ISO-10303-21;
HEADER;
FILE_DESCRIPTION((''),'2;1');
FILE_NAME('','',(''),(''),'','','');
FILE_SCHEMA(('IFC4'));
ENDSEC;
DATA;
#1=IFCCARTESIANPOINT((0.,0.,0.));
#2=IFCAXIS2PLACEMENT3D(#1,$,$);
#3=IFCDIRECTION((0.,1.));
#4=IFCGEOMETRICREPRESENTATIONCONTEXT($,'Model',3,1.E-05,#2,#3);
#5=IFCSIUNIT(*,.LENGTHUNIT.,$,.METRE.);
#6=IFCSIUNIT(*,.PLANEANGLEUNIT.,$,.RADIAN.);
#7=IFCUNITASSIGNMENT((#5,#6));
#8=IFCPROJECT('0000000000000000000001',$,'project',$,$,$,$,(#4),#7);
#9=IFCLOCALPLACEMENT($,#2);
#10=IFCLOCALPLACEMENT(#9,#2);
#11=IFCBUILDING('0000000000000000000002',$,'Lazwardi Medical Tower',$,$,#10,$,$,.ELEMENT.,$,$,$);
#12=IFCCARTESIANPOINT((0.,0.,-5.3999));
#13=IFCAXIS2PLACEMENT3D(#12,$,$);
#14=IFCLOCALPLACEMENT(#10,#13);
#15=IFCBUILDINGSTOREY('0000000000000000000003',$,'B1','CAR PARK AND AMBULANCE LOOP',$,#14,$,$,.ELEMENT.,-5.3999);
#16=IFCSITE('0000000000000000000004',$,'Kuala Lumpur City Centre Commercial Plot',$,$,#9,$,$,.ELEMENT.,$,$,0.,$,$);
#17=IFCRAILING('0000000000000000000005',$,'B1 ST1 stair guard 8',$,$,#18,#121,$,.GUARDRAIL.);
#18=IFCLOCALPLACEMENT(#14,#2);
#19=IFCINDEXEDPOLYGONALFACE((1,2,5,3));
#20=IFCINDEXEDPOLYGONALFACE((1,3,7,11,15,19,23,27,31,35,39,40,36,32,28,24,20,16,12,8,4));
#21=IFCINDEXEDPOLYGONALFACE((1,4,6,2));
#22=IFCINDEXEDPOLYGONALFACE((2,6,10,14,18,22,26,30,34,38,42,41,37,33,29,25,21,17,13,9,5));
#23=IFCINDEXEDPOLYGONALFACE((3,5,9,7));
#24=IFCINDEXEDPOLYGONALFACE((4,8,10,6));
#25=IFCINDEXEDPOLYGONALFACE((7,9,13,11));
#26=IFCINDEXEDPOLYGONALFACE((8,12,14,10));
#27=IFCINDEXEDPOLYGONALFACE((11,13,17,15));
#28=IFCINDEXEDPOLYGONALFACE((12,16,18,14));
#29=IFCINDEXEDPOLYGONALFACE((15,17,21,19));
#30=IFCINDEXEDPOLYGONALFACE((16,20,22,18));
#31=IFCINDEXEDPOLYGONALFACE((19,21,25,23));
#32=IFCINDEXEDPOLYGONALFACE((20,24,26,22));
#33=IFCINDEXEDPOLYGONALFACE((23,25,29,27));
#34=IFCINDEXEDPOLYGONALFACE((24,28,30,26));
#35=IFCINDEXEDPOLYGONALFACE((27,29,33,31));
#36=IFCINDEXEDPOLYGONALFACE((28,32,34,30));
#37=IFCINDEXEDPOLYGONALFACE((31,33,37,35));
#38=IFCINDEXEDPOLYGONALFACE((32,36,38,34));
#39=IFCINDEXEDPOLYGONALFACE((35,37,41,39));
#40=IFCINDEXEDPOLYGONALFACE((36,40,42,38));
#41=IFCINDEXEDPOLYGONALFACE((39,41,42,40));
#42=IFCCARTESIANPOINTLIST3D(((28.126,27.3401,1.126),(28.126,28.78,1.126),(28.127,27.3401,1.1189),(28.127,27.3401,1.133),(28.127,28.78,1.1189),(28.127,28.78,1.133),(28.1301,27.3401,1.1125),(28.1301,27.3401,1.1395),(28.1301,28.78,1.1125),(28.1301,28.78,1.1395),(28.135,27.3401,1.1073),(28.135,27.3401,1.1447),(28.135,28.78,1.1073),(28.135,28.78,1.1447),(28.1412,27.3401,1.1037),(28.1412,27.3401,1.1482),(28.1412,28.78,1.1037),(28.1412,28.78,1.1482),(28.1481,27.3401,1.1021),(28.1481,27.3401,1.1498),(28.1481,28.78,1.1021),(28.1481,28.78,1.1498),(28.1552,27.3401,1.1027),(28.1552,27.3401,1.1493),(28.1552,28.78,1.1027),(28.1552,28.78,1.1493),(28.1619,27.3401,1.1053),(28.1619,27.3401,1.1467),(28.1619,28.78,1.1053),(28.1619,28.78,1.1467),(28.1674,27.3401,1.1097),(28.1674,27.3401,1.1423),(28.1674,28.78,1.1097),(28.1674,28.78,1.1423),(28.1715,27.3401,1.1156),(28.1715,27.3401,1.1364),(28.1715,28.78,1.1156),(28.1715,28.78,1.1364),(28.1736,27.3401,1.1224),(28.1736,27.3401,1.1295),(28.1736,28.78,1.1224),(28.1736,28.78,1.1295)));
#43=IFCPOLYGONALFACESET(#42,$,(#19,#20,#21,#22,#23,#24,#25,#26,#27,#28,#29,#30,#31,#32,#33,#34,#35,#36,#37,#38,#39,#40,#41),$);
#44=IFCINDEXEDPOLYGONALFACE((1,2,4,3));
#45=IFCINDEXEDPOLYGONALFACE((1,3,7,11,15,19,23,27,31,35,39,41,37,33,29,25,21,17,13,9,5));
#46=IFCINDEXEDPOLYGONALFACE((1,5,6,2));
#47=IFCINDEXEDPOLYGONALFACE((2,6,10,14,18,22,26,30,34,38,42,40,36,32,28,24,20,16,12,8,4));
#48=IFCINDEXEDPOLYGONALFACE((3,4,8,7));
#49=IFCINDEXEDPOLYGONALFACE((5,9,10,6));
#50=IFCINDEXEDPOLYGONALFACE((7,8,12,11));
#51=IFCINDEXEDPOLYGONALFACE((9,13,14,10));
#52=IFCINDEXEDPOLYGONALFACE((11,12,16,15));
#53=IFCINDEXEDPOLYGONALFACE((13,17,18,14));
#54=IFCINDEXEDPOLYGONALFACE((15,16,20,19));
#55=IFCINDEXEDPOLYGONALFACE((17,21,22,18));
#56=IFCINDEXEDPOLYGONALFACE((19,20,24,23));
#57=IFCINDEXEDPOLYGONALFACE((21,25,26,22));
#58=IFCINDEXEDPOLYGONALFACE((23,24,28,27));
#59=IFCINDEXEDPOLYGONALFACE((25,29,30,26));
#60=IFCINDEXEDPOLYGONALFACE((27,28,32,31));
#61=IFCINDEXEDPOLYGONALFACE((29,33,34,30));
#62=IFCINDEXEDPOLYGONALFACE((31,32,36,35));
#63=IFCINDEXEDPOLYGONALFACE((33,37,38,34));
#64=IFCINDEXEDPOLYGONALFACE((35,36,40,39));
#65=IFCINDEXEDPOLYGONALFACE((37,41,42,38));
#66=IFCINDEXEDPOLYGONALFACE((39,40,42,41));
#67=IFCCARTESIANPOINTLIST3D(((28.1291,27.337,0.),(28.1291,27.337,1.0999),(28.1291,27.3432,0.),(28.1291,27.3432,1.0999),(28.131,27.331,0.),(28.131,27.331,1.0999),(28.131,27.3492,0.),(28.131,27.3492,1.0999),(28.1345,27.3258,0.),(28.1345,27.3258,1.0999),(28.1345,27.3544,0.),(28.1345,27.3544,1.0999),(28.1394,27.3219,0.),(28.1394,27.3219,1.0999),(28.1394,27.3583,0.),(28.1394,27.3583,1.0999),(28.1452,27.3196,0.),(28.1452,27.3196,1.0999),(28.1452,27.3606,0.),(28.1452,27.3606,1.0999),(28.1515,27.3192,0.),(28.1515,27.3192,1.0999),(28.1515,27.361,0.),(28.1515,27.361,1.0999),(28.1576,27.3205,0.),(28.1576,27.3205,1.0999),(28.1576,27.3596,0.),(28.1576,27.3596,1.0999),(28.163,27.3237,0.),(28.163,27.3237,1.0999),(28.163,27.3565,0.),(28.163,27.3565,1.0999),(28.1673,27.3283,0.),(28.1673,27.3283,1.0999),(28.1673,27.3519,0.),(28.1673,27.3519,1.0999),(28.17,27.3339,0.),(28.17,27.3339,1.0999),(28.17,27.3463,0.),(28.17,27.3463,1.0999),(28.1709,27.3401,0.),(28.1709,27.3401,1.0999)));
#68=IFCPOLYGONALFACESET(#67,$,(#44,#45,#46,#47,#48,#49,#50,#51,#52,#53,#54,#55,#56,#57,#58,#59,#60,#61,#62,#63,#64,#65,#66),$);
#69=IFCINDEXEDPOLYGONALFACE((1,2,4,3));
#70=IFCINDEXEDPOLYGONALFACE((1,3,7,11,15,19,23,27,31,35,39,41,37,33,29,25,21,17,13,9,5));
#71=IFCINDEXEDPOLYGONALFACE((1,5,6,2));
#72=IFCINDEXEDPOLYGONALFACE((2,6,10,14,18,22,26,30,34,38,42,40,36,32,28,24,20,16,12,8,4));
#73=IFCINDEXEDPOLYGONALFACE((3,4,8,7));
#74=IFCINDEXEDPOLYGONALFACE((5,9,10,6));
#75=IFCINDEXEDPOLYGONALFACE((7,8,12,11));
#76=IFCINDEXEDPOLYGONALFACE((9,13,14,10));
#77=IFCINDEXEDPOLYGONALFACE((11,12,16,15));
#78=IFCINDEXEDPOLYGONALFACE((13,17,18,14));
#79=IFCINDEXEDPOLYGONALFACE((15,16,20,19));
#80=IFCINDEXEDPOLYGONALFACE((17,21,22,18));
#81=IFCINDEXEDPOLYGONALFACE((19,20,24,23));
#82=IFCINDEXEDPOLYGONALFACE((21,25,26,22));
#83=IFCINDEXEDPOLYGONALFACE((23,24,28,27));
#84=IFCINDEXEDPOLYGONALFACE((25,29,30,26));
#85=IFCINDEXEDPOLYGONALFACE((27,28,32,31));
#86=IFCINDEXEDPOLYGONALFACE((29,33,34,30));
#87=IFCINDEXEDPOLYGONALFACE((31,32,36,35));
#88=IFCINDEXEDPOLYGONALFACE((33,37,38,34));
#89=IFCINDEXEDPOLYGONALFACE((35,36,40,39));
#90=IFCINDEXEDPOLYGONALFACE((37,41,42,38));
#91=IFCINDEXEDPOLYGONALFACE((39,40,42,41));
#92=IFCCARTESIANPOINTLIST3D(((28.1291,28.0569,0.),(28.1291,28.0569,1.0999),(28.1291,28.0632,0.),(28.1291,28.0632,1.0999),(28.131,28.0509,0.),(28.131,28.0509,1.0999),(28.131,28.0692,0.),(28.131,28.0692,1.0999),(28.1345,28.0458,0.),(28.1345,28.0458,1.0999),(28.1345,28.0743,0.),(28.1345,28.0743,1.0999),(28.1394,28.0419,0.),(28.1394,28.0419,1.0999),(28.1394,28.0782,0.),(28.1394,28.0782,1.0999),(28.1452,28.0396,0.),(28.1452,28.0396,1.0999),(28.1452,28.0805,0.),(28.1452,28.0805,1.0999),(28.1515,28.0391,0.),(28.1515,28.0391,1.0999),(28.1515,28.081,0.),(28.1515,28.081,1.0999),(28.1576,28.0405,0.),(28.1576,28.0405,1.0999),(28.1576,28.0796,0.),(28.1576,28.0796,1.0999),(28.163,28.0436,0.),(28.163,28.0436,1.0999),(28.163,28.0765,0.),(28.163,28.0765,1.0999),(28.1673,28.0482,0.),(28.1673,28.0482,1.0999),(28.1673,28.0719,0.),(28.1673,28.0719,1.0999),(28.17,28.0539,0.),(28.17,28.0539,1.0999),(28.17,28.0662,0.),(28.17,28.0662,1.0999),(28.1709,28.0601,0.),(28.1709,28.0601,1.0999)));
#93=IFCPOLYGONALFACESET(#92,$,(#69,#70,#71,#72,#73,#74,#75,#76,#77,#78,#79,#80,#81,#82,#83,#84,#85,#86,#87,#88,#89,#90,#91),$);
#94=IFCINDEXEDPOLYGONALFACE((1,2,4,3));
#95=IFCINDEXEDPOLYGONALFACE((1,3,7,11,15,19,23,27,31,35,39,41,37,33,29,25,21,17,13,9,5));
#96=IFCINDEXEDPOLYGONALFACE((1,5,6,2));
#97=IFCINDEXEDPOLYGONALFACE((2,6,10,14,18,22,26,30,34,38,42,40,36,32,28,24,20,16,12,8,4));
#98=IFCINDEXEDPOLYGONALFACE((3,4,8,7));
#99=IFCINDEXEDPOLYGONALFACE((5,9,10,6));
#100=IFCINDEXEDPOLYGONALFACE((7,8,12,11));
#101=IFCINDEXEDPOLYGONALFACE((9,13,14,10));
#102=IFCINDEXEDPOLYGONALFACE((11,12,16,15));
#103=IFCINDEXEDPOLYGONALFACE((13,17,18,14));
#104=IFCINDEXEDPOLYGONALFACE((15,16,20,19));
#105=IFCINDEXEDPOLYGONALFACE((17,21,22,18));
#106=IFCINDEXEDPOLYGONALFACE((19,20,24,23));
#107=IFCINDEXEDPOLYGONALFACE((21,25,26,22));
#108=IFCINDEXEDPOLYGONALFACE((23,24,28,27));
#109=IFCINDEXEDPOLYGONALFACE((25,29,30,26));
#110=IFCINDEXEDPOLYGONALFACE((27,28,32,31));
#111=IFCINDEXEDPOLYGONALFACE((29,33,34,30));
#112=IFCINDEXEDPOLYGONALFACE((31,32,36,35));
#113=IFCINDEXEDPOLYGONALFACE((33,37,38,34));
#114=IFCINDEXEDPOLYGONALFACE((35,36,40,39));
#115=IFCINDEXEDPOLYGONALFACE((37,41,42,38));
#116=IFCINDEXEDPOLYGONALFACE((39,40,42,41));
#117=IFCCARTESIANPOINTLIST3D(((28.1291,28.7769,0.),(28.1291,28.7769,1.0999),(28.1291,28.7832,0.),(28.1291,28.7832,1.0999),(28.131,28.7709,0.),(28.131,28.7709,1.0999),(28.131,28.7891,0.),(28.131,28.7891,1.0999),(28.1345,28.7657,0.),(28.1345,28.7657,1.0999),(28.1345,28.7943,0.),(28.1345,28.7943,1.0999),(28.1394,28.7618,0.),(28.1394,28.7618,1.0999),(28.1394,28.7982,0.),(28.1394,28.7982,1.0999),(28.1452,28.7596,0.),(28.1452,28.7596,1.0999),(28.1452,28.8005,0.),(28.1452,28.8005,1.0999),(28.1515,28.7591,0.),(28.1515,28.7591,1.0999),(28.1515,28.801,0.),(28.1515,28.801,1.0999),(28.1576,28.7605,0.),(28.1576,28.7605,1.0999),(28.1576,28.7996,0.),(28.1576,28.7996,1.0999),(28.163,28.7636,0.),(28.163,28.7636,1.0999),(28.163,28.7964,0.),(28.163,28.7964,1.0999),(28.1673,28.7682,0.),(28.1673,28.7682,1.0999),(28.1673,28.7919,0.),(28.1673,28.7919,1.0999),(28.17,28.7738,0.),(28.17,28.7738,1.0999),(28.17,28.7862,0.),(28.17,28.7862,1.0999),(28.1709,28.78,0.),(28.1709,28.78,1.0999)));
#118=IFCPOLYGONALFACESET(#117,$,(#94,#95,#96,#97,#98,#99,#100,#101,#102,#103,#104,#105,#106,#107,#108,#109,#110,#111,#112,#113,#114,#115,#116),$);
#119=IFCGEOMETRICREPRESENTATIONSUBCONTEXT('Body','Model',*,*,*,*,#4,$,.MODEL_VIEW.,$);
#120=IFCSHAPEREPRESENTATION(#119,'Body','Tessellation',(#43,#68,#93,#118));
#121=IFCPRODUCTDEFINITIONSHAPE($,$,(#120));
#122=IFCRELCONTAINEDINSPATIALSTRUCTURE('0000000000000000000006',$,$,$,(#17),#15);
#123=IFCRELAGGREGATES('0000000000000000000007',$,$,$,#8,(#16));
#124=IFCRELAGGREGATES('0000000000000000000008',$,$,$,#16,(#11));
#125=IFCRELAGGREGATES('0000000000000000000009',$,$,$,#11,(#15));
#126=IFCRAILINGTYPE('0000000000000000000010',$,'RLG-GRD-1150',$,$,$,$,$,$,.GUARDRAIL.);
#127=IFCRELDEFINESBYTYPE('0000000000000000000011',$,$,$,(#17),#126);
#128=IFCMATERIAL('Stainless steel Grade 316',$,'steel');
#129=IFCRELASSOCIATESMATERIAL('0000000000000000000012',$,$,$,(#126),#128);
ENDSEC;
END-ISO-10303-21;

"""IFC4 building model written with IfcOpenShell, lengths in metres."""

from ifc_helpers import new_model, si_unit, direction, frame, origin, origin_2d, place, context, subcontext, project, spatial, circle, extrude, material, type_object, element, save


model = new_model("IFC4")

# Units and contexts
model_context = context("Model", 3, precision=1e-05, world=origin(), true_north=direction((0.0, 1.0)))
body_context = subcontext(model_context, "Body", "Model", "MODEL_VIEW")
ifc_project = project(units=[si_unit("LENGTHUNIT", "METRE"), si_unit("PLANEANGLEUNIT", "RADIAN")], contexts=[model_context])

# Site, building, storey
site_placement = place(None, origin())
site = spatial("IfcSite", under=ifc_project, at=site_placement, Name="Kuala Lumpur City Centre Commercial Plot", CompositionType="ELEMENT", RefElevation=0.0)
building_placement = place(site_placement, origin())
building = spatial("IfcBuilding", under=site, at=building_placement, Name="Lazwardi Medical Tower", CompositionType="ELEMENT")
storey_placement = place(building_placement, frame((0.0, 0.0, -5.3999)))
storey = spatial("IfcBuildingStorey", under=building, at=storey_placement, Name="B1", Description="CAR PARK AND AMBULANCE LOOP", CompositionType="ELEMENT", Elevation=-5.3999)

# Railing
ifc_material_1 = material(Name="Stainless steel Grade 316", Category="steel")
railing_type_1 = type_object("IfcRailingType", Name="RLG-GRD-1150", PredefinedType="GUARDRAIL", material=ifc_material_1)
railing_1_placement = place(storey_placement, frame((28.1499, 27.3401, 0.0)))
element("IfcRailing", 1, at=railing_1_placement, inside=storey, type_object=railing_type_1, Name="B1 ST1 stair guard 8", PredefinedType="GUARDRAIL", context=body_context, shape_type="SweptSolid", body=[
    extrude(circle(Radius=0.0239, at=origin_2d()), frame((0.0, 0.0, 1.126), z_axis=(0.0, 1.0, 0.0), x_axis=(-1.0, 0.0, 0.0)), (0.0, 0.0, 1.0), 1.4399),
    extrude(circle(Radius=0.021, at=origin_2d()), origin(), (0.0, 0.0, 1.0), 1.0999),
    extrude(circle(Radius=0.021, at=origin_2d()), frame((0.0, 0.72, 0.0)), (0.0, 0.0, 1.0), 1.0999),
    extrude(circle(Radius=0.021, at=origin_2d()), frame((0.0, 1.4399, 0.0)), (0.0, 0.0, 1.0), 1.0999),
])

save(model, "model.ifc")
